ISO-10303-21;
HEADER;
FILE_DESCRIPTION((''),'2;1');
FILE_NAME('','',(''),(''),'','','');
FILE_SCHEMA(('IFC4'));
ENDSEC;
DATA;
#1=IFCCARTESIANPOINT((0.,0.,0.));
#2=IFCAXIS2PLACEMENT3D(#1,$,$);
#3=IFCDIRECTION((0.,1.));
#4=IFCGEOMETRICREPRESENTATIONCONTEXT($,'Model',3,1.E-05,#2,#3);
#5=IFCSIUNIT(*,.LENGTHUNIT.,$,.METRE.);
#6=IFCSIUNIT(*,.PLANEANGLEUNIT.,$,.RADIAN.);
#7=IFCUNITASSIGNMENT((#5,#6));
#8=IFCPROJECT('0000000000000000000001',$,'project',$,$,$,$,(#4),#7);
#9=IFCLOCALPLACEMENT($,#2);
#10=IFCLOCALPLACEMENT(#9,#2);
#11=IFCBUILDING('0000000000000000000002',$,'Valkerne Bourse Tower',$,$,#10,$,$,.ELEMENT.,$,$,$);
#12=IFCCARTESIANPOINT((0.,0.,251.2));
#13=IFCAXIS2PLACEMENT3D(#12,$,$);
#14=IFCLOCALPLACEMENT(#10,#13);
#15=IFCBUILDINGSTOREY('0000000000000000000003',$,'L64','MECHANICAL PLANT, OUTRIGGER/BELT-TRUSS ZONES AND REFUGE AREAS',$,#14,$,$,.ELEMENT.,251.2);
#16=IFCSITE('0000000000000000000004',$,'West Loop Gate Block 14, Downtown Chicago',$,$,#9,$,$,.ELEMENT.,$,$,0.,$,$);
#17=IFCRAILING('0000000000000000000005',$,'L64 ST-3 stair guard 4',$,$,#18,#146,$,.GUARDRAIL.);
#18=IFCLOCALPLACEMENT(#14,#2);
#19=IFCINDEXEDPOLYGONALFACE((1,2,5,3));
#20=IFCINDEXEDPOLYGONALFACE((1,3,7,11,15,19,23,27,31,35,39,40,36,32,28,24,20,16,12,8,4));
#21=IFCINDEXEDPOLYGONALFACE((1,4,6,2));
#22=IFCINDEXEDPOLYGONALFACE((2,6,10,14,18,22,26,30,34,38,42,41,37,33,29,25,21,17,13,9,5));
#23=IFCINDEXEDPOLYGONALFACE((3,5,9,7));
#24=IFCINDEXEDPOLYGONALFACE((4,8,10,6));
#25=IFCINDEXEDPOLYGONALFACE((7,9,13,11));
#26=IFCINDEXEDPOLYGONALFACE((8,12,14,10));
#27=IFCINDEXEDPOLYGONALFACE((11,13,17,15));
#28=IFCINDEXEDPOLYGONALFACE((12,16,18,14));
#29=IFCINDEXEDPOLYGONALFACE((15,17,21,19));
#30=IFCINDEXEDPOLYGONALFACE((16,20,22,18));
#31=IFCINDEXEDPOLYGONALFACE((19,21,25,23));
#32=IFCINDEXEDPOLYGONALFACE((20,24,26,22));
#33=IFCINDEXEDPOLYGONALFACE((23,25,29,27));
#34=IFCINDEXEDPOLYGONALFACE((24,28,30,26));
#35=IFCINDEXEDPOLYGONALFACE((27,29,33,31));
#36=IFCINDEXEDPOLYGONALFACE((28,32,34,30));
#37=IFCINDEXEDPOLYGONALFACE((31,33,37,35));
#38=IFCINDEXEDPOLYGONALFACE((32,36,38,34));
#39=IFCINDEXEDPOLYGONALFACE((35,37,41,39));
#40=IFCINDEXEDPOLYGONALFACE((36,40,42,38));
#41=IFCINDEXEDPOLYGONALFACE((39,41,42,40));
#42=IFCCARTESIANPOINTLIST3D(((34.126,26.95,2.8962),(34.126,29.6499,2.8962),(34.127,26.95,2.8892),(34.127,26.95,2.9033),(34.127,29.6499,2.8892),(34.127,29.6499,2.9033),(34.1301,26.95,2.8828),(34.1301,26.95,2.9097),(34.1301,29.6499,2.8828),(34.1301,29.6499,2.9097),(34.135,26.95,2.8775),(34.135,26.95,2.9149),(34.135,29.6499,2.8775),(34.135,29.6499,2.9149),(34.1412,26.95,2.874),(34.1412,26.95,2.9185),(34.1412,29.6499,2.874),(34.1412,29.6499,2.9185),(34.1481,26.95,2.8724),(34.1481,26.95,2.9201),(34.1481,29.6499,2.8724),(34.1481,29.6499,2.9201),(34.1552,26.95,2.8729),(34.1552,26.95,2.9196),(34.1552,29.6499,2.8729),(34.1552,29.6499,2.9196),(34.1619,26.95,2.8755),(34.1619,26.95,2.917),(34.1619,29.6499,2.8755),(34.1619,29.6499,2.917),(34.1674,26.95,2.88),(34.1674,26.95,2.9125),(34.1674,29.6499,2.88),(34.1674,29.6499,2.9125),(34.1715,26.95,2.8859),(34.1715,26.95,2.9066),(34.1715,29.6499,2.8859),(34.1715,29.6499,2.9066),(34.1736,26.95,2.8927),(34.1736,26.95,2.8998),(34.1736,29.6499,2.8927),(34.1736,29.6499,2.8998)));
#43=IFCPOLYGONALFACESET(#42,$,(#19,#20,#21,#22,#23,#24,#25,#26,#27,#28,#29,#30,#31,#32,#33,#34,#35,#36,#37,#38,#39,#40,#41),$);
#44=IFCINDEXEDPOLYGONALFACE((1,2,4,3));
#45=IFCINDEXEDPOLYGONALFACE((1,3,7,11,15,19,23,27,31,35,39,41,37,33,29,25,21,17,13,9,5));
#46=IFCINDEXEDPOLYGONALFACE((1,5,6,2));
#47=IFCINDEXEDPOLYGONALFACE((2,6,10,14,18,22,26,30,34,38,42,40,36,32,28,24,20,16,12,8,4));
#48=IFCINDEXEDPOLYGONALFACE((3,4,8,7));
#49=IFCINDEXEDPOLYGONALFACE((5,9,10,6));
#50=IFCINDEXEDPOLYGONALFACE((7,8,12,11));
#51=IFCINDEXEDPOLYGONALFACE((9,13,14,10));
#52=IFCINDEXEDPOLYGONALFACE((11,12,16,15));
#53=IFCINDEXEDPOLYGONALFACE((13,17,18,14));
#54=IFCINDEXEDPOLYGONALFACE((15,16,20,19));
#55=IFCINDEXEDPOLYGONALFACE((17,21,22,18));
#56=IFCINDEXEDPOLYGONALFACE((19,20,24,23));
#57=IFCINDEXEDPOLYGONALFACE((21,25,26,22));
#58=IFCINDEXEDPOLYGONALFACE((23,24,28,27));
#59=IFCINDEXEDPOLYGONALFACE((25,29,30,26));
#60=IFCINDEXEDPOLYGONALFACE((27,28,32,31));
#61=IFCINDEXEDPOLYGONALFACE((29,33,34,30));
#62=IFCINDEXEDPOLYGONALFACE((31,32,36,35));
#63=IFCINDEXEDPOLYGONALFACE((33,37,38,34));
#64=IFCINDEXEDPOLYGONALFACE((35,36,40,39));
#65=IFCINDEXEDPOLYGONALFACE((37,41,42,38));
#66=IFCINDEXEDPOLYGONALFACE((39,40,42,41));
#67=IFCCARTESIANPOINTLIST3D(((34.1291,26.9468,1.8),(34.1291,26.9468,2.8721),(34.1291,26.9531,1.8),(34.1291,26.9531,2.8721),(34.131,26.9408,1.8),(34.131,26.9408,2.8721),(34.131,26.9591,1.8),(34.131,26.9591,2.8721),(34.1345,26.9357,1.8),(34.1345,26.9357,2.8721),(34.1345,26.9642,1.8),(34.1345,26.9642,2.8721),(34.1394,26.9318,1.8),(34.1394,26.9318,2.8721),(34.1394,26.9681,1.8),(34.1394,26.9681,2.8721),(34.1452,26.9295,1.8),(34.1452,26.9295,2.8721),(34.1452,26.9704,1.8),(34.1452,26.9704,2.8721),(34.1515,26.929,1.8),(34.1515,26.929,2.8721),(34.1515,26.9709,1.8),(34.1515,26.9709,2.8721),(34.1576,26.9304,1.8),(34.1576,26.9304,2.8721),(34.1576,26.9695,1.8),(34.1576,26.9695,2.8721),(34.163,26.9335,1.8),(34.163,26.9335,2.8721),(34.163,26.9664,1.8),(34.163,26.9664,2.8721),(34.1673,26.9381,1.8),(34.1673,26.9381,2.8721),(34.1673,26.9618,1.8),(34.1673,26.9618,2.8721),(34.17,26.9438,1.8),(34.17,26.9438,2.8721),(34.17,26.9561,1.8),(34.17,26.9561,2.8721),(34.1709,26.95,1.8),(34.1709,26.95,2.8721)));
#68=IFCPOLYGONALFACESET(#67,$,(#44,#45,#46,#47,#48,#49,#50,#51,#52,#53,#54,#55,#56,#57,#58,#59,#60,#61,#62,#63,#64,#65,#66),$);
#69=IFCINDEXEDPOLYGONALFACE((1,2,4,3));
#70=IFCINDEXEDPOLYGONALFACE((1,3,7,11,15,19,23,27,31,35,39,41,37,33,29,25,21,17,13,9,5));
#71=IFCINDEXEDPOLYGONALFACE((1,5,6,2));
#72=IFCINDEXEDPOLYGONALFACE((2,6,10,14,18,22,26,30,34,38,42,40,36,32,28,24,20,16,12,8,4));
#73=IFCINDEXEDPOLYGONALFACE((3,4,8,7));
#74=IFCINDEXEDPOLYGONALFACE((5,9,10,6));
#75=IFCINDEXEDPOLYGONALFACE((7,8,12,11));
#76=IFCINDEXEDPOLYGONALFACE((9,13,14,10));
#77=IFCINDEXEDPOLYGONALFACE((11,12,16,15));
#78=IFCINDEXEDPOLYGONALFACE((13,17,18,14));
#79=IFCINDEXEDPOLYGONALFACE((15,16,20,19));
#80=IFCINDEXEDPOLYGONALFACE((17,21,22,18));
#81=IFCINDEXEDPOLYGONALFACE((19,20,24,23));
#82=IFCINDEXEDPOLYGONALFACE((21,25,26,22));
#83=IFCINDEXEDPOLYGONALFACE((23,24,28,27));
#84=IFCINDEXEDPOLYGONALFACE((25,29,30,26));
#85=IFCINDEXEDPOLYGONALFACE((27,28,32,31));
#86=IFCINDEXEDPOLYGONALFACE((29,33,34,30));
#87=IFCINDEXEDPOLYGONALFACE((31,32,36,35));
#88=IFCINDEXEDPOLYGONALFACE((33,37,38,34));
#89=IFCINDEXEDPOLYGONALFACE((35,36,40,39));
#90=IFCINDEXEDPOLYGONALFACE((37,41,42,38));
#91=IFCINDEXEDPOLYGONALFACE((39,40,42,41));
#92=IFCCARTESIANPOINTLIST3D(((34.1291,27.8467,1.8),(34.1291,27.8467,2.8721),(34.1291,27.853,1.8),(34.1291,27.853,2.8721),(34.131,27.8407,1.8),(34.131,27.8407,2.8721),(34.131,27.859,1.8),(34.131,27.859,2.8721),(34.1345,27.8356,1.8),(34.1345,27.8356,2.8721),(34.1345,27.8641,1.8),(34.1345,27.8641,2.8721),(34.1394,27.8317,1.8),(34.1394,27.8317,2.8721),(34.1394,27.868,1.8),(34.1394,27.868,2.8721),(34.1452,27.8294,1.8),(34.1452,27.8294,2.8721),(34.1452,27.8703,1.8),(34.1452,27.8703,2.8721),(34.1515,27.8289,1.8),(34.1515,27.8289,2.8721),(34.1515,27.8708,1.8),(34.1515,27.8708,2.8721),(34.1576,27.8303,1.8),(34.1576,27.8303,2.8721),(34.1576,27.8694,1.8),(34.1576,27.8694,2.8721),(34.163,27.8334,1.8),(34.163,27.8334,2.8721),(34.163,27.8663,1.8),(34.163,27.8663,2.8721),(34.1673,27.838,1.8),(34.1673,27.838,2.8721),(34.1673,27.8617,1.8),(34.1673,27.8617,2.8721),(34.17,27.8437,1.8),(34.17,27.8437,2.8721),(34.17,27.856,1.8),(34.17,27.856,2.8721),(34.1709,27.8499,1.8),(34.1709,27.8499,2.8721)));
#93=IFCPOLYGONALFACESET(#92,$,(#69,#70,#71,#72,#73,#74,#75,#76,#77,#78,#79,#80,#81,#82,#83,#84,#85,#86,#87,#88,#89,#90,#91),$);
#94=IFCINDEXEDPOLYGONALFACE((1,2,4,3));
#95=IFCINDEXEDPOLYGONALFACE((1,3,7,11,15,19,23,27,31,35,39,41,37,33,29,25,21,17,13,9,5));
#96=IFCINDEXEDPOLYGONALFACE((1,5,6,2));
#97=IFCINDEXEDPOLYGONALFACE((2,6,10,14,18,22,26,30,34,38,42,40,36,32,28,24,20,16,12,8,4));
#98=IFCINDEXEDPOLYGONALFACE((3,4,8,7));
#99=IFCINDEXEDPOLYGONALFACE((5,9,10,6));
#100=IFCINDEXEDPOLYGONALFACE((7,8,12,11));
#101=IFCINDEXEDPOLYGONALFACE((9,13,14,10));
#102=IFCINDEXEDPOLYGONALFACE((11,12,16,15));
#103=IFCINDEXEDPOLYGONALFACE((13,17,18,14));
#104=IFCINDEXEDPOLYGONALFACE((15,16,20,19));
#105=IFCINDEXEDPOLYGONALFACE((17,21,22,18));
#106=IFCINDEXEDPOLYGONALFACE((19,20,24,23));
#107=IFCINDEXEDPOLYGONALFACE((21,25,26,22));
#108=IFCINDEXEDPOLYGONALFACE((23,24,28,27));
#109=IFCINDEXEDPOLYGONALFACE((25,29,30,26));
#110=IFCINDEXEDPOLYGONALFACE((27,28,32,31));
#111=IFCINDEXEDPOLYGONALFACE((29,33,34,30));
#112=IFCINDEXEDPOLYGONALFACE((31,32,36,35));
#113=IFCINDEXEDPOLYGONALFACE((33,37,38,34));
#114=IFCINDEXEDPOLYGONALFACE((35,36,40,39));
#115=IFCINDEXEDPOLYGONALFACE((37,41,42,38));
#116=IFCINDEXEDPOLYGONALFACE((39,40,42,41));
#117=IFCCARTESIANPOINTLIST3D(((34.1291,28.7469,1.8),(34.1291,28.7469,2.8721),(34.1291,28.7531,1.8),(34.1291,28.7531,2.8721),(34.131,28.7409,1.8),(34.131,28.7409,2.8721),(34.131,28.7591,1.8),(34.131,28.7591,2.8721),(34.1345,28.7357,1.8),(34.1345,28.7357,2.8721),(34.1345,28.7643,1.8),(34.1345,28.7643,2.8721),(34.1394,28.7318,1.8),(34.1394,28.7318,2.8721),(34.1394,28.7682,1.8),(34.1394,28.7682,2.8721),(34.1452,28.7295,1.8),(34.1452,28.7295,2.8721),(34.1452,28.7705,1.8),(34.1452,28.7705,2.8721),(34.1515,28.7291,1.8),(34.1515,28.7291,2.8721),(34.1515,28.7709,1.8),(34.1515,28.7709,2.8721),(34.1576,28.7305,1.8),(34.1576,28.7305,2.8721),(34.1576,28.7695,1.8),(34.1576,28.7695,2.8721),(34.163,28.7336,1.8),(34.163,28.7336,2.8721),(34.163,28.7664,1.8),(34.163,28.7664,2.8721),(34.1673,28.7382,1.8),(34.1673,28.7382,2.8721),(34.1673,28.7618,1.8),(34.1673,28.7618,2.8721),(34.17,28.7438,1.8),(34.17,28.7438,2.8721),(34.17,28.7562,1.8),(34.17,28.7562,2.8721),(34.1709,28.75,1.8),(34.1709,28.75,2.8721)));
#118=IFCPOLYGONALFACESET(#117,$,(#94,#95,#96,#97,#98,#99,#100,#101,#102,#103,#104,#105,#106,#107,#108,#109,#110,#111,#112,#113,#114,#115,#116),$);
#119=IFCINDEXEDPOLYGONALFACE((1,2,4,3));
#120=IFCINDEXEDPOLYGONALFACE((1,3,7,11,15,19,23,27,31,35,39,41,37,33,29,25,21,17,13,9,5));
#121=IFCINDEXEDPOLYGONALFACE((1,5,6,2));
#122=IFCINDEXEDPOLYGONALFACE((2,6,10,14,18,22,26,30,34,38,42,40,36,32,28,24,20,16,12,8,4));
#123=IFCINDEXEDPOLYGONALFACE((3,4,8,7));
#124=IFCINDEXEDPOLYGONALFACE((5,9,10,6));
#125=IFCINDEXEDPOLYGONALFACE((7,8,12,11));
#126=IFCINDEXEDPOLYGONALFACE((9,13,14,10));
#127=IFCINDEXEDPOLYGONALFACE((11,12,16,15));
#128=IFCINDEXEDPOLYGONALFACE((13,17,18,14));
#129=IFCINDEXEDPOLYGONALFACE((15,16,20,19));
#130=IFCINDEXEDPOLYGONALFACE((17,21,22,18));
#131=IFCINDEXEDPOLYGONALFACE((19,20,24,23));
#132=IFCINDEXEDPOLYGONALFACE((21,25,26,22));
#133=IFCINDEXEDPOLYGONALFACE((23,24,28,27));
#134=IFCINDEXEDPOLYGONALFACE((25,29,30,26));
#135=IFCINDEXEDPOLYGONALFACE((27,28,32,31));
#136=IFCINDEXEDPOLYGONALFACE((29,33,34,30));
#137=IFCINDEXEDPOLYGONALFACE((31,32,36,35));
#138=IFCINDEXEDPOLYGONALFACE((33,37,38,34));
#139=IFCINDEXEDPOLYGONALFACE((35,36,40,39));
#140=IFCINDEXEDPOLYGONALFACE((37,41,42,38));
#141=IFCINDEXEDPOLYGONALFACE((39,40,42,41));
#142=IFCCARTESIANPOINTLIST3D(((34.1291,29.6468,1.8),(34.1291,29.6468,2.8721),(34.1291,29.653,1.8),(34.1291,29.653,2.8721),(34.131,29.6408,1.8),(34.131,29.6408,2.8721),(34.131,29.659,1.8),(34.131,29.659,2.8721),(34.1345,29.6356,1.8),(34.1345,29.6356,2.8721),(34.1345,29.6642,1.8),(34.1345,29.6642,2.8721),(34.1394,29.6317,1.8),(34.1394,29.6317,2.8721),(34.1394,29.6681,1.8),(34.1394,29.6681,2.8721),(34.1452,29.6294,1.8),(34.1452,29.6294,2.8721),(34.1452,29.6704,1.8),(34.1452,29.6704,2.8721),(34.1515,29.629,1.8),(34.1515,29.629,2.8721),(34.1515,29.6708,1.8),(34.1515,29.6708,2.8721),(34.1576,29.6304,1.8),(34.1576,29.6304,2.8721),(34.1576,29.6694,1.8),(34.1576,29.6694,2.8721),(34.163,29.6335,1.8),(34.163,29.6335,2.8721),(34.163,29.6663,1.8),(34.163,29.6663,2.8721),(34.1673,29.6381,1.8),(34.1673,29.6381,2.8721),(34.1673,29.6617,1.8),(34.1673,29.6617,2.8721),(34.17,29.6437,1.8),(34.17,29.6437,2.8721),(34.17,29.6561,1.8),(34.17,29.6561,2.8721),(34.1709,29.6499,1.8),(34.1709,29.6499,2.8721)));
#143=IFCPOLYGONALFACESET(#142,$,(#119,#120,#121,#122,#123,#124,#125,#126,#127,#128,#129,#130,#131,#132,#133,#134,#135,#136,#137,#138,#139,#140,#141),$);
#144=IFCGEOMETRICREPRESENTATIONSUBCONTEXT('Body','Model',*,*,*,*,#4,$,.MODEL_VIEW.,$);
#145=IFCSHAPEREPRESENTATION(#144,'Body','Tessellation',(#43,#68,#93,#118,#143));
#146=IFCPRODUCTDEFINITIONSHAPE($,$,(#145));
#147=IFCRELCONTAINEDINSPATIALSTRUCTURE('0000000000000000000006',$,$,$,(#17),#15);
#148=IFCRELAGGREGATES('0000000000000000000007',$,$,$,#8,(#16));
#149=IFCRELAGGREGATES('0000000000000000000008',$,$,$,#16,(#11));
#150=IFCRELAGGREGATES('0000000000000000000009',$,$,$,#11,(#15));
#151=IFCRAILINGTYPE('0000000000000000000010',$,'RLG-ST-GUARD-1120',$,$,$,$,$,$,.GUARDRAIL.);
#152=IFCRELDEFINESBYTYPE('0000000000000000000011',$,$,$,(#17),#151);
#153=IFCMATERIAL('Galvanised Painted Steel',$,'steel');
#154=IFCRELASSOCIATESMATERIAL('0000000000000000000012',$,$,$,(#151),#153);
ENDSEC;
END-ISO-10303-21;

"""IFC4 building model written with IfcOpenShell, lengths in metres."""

from ifc_helpers import new_model, si_unit, direction, frame, origin, origin_2d, place, context, subcontext, project, spatial, circle, extrude, material, type_object, element, save


model = new_model("IFC4")

# Units and contexts
model_context = context("Model", 3, precision=1e-05, world=origin(), true_north=direction((0.0, 1.0)))
body_context = subcontext(model_context, "Body", "Model", "MODEL_VIEW")
ifc_project = project(units=[si_unit("LENGTHUNIT", "METRE"), si_unit("PLANEANGLEUNIT", "RADIAN")], contexts=[model_context])

# Site, building, storey
site_placement = place(None, origin())
site = spatial("IfcSite", under=ifc_project, at=site_placement, Name="West Loop Gate Block 14, Downtown Chicago", CompositionType="ELEMENT", RefElevation=0.0)
building_placement = place(site_placement, origin())
building = spatial("IfcBuilding", under=site, at=building_placement, Name="Valkerne Bourse Tower", CompositionType="ELEMENT")
storey_placement = place(building_placement, frame((0.0, 0.0, 251.2)))
storey = spatial("IfcBuildingStorey", under=building, at=storey_placement, Name="L64", Description="MECHANICAL PLANT, OUTRIGGER/BELT-TRUSS ZONES AND REFUGE AREAS", CompositionType="ELEMENT", Elevation=251.2)

# Railing
ifc_material_1 = material(Name="Galvanised Painted Steel", Category="steel")
railing_type_1 = type_object("IfcRailingType", Name="RLG-ST-GUARD-1120", PredefinedType="GUARDRAIL", material=ifc_material_1)
railing_1_placement = place(storey_placement, frame((34.1499, 26.95, 1.8)))
element("IfcRailing", 1, at=railing_1_placement, inside=storey, type_object=railing_type_1, Name="L64 ST-3 stair guard 4", PredefinedType="GUARDRAIL", context=body_context, shape_type="SweptSolid", body=[
    extrude(circle(Radius=0.0239, at=origin_2d()), frame((0.0, 0.0, 1.0962), z_axis=(0.0, 1.0, 0.0), x_axis=(-1.0, 0.0, 0.0)), (0.0, 0.0, 1.0), 2.7),
    extrude(circle(Radius=0.021, at=origin_2d()), origin(), (0.0, 0.0, 1.0), 1.072),
    extrude(circle(Radius=0.021, at=origin_2d()), frame((0.0, 0.8999, 0.0)), (0.0, 0.0, 1.0), 1.072),
    extrude(circle(Radius=0.021, at=origin_2d()), frame((0.0, 1.8, 0.0)), (0.0, 0.0, 1.0), 1.072),
    extrude(circle(Radius=0.021, at=origin_2d()), frame((0.0, 2.7, 0.0)), (0.0, 0.0, 1.0), 1.072),
])

save(model, "model.ifc")
